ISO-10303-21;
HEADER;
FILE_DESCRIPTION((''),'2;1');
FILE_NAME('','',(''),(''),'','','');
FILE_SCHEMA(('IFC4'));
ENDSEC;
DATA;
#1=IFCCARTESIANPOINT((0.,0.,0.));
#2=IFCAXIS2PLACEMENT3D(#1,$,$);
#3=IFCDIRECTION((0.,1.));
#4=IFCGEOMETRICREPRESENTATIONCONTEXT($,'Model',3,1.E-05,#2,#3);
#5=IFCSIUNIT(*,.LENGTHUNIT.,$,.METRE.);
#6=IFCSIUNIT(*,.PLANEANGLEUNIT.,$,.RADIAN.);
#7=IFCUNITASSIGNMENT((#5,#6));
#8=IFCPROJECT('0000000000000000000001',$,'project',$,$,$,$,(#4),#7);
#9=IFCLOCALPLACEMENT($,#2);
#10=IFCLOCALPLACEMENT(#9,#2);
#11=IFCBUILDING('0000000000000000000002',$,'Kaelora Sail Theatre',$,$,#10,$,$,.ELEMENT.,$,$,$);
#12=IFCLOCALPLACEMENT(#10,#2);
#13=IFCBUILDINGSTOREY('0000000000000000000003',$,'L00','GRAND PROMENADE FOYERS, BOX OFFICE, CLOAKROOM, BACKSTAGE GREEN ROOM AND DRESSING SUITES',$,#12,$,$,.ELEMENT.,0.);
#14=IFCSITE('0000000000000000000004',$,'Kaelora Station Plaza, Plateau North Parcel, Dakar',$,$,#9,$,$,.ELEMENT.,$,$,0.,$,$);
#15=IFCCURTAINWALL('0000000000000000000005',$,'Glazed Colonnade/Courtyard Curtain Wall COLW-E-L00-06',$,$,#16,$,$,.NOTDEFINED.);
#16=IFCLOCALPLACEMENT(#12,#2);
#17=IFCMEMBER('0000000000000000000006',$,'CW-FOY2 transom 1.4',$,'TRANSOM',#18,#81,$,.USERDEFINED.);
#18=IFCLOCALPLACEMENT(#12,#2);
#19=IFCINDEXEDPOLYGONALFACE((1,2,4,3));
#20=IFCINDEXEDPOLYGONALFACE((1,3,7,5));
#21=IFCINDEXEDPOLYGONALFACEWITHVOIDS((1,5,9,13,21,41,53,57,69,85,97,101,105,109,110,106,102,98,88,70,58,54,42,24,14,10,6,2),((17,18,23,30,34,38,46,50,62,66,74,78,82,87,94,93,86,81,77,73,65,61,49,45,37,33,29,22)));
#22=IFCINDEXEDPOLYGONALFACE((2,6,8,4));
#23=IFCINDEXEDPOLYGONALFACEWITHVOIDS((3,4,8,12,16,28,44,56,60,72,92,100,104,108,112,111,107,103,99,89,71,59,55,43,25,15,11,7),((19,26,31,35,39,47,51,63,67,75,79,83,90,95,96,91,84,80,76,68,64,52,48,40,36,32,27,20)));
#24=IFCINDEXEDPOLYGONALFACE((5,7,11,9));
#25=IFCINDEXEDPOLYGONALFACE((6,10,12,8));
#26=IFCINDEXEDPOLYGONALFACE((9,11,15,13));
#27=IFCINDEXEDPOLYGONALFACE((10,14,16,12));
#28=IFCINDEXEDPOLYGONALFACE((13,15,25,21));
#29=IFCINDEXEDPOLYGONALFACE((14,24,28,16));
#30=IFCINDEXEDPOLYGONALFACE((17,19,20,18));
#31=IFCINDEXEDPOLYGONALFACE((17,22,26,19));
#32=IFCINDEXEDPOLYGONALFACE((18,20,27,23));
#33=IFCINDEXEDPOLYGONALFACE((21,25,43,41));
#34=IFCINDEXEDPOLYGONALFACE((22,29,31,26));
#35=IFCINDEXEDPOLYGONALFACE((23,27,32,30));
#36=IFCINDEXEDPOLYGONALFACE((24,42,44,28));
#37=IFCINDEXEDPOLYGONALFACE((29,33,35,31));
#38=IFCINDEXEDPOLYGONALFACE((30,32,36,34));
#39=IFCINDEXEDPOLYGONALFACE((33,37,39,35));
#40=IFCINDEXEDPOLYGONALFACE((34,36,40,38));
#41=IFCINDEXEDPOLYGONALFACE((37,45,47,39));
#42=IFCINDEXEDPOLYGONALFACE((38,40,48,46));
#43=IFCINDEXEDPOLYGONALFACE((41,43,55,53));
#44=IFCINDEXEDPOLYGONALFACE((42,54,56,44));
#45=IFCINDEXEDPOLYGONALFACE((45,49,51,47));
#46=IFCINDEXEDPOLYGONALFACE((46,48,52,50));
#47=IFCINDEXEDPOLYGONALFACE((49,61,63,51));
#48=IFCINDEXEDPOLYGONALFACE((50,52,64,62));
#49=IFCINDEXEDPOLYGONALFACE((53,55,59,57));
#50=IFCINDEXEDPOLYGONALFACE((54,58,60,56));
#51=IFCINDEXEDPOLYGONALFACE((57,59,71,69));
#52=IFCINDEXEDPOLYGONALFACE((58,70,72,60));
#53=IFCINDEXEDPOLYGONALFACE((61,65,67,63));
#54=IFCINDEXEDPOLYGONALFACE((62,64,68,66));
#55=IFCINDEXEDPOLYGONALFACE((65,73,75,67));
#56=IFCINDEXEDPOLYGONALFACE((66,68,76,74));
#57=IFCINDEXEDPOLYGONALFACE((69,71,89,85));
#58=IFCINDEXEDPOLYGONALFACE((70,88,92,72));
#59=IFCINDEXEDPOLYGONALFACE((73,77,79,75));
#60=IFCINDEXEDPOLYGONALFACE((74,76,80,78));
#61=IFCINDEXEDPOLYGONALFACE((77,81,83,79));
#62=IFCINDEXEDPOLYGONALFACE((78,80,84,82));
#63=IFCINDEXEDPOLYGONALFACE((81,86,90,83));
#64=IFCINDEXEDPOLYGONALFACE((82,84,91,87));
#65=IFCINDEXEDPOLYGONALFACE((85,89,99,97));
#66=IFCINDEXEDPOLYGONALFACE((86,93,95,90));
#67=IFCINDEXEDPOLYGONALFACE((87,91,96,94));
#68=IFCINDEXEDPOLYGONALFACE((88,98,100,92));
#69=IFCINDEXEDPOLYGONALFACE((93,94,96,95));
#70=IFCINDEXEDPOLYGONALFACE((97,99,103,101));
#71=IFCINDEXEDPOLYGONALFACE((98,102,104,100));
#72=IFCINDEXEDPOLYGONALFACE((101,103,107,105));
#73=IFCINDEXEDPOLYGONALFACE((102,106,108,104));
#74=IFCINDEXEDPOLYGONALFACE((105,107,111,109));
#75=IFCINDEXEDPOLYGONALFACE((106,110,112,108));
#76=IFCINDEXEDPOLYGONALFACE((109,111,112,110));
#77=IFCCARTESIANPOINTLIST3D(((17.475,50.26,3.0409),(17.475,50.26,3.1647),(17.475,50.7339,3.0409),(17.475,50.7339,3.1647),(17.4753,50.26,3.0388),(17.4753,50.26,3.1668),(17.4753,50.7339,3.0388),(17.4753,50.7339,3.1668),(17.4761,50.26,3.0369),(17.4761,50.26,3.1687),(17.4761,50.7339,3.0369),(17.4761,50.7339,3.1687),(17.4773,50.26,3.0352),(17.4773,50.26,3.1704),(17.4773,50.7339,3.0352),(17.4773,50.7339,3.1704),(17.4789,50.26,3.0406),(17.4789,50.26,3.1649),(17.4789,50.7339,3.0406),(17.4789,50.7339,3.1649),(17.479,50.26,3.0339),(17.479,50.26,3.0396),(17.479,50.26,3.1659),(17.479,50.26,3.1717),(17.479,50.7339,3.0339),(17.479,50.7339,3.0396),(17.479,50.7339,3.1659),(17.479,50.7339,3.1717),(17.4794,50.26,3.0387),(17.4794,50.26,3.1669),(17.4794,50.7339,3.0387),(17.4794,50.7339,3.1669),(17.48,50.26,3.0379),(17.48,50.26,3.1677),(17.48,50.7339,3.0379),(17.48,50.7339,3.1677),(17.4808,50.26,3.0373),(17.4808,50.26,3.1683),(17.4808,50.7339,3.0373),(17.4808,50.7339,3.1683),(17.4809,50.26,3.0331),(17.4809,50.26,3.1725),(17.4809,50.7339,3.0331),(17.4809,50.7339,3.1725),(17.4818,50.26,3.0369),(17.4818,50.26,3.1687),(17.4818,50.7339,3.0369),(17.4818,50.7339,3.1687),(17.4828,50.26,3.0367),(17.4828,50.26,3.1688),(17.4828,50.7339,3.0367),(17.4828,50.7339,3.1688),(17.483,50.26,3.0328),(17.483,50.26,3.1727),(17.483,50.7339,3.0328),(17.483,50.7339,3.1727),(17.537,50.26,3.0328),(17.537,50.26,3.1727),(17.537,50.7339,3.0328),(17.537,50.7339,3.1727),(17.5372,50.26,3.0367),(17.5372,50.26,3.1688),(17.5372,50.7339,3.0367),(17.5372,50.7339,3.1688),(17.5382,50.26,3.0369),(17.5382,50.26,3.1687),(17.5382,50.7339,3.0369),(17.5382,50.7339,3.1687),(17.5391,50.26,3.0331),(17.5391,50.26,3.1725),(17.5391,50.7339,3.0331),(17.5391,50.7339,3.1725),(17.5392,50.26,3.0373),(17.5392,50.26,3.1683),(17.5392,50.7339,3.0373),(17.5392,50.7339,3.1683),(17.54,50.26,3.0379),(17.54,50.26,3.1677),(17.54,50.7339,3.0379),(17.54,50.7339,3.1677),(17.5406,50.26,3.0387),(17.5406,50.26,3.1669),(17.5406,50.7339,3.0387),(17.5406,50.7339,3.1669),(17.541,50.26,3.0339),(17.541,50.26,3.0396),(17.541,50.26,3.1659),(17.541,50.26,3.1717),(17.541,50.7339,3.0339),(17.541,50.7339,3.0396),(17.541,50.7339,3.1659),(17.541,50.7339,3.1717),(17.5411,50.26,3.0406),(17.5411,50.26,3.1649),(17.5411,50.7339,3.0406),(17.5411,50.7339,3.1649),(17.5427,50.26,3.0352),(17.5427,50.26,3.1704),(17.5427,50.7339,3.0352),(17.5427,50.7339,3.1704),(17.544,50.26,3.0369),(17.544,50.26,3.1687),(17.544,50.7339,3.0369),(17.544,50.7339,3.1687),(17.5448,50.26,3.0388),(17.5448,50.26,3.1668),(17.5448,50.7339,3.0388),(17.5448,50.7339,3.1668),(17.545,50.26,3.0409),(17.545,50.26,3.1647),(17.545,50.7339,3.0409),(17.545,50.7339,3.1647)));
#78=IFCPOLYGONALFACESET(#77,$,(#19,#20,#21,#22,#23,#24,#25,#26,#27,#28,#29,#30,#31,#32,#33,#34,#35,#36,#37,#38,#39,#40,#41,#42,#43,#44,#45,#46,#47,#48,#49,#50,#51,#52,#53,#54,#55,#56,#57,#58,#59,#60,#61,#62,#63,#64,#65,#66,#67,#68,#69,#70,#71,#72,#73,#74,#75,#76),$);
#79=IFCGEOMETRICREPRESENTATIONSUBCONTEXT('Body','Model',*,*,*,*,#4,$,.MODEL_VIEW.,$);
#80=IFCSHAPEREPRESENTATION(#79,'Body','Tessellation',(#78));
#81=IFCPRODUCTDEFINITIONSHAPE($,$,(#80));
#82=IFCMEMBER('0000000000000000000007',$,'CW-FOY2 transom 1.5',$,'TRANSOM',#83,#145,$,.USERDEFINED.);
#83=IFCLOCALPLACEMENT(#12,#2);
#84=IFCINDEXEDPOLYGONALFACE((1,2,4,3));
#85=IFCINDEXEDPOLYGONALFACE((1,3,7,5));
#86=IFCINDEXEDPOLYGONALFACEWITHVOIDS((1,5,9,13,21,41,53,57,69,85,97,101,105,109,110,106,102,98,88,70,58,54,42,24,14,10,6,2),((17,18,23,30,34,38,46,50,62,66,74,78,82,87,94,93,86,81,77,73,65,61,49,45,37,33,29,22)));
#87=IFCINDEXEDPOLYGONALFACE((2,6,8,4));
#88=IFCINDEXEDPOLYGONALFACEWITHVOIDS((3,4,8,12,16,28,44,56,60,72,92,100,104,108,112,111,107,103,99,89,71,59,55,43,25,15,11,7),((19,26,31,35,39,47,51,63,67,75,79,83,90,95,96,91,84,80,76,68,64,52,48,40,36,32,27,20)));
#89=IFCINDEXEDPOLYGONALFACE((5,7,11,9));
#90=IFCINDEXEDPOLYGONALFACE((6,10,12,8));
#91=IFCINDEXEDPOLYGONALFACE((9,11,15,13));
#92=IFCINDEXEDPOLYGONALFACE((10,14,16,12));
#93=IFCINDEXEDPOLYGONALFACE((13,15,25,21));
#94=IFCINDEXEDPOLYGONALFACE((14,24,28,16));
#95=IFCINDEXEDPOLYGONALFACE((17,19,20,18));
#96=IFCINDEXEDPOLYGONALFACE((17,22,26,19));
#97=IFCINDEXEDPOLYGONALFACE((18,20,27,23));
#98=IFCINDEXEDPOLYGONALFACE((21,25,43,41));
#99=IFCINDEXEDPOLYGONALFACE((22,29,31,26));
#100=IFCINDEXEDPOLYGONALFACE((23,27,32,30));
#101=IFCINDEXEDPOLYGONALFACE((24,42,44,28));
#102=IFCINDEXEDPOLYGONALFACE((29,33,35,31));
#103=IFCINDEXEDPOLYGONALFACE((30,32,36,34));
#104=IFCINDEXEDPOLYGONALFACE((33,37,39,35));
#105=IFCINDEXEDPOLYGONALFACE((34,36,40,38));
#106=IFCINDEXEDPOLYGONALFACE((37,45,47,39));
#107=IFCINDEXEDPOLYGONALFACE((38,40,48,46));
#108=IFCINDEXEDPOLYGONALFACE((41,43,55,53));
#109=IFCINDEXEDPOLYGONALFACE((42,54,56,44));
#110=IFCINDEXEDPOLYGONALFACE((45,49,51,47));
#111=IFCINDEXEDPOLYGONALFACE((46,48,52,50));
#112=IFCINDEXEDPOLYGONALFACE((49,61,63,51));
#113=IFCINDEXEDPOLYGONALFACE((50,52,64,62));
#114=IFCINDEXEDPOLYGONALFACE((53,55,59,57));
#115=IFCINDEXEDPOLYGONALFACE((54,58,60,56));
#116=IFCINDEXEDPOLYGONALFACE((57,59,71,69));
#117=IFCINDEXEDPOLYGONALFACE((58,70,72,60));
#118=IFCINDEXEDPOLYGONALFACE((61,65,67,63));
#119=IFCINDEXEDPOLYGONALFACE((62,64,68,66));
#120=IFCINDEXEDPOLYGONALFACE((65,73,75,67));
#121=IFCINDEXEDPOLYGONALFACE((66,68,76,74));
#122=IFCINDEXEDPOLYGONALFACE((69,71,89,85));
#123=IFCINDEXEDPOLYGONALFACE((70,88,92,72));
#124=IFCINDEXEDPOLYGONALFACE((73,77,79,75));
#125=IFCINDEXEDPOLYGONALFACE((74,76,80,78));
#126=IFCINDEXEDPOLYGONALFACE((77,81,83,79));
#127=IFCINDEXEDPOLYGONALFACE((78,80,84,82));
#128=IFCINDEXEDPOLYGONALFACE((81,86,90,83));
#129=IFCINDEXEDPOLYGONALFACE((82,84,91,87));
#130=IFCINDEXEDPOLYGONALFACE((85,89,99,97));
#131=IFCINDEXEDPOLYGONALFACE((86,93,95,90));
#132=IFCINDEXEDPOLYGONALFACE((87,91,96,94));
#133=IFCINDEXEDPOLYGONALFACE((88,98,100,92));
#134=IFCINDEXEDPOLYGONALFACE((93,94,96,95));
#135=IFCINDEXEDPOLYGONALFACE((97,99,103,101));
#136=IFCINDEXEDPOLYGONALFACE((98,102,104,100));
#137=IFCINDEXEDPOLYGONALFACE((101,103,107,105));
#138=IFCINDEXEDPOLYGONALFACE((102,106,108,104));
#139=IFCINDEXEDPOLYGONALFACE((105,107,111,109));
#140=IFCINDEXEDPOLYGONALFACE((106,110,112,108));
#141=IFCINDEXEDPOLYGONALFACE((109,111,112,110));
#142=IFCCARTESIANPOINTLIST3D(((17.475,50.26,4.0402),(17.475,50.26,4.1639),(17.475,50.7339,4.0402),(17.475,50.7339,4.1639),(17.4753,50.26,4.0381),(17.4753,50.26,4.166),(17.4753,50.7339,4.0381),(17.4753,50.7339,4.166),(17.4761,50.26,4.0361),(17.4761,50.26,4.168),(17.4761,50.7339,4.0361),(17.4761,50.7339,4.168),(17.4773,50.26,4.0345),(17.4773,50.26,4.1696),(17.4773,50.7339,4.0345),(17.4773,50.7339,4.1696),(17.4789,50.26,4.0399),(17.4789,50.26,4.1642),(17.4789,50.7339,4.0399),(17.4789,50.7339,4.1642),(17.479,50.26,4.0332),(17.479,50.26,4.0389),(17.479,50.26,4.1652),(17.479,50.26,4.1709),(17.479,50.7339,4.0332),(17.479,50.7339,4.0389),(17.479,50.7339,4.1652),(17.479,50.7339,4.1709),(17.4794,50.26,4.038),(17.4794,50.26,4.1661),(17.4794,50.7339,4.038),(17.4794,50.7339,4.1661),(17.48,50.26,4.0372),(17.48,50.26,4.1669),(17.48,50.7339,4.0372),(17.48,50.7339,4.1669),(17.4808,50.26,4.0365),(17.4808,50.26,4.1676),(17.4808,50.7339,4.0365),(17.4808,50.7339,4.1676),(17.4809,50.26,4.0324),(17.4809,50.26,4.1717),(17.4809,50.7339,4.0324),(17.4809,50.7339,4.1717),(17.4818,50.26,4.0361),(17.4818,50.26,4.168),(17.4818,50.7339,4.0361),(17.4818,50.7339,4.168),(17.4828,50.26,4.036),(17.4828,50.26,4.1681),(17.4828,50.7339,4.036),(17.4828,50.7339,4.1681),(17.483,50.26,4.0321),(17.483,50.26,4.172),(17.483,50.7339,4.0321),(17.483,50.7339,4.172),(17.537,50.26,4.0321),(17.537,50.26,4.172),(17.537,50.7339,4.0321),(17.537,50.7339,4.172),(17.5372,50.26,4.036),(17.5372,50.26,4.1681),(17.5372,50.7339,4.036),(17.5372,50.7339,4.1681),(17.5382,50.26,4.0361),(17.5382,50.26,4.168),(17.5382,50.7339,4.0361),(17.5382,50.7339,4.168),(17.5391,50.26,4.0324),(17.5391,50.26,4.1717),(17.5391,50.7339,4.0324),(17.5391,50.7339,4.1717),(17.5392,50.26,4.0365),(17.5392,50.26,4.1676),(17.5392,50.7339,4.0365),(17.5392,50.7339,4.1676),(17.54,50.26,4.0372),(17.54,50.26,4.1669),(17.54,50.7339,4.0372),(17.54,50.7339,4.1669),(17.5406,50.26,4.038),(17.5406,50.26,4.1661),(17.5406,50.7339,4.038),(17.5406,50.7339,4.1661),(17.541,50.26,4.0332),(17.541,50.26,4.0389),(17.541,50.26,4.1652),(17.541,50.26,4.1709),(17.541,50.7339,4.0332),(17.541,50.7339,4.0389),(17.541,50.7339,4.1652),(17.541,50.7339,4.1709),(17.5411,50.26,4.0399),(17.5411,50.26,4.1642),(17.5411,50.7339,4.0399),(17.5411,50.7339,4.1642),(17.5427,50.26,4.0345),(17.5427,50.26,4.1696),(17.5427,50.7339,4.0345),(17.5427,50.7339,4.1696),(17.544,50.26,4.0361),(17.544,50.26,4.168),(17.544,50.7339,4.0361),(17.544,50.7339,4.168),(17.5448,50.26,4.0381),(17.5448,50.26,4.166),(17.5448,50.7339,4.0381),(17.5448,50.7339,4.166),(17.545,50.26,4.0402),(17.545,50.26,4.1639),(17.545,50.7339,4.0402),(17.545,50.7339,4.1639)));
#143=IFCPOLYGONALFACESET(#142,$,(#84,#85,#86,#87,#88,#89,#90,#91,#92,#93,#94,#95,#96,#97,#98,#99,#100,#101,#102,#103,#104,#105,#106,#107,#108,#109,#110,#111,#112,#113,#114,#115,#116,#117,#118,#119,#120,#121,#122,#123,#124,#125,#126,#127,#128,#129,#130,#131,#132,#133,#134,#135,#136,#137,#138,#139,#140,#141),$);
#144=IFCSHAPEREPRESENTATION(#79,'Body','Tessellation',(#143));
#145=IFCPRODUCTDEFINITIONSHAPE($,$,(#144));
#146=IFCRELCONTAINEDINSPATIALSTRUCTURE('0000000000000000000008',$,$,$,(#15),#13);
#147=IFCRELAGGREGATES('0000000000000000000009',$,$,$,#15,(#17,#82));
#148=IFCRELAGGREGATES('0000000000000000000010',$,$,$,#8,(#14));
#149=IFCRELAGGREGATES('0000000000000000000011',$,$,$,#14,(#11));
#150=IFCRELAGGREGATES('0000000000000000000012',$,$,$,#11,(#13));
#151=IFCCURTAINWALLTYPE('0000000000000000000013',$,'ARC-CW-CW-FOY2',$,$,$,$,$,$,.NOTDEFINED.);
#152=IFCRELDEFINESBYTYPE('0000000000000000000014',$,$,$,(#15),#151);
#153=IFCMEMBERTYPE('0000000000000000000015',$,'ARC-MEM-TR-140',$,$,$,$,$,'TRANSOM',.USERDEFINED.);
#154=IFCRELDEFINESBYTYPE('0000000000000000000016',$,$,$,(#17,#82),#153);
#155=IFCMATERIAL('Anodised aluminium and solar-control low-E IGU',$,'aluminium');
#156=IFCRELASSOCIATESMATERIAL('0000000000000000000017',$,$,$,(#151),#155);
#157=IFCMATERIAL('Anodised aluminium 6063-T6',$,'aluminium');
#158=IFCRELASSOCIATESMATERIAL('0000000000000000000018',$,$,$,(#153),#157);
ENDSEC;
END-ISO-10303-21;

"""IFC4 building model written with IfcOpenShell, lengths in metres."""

from ifc_helpers import new_model, si_unit, direction, frame, origin, origin_2d, place, context, subcontext, project, spatial, hollow_rectangle, extrude, material, material_profile, profile_set, type_object, element, aggregate, save


model = new_model("IFC4")

# Units and contexts
model_context = context("Model", 3, precision=1e-05, world=origin(), true_north=direction((0.0, 1.0)))
body_context = subcontext(model_context, "Body", "Model", "MODEL_VIEW")
ifc_project = project(units=[si_unit("LENGTHUNIT", "METRE"), si_unit("PLANEANGLEUNIT", "RADIAN")], contexts=[model_context])

# Site, building, storey
site_placement = place(None, origin())
site = spatial("IfcSite", under=ifc_project, at=site_placement, Name="Kaelora Station Plaza, Plateau North Parcel, Dakar", CompositionType="ELEMENT", RefElevation=0.0)
building_placement = place(site_placement, origin())
building = spatial("IfcBuilding", under=site, at=building_placement, Name="Kaelora Sail Theatre", CompositionType="ELEMENT")
storey_placement = place(building_placement, origin())
storey = spatial("IfcBuildingStorey", under=building, at=storey_placement, Name="L00", Description="GRAND PROMENADE FOYERS, BOX OFFICE, CLOAKROOM, BACKSTAGE GREEN ROOM AND DRESSING SUITES", CompositionType="ELEMENT", Elevation=0.0)

# Curtain wall, members
ifc_material_1 = material(Name="Anodised aluminium and solar-control low-E IGU", Category="aluminium")
curtain_wall_type = type_object("IfcCurtainWallType", Name="ARC-CW-CW-FOY2", PredefinedType="NOTDEFINED", material=ifc_material_1)
ifc_material_2 = material(Name="Anodised aluminium 6063-T6", Category="aluminium")
ifc_material_profile = material_profile(ifc_material_2, hollow_rectangle(XDim=0.0701, YDim=0.1399, WallThickness=0.0039, InnerFilletRadius=0.0039, OuterFilletRadius=0.0081, at=origin_2d()), Name="ALU-TRAN 70x140x4")
ifc_profile_set = profile_set([ifc_material_profile], Name="Anodised aluminium 6063-T6")
member_type = type_object("IfcMemberType", Name="ARC-MEM-TR-140", ElementType="TRANSOM", PredefinedType="USERDEFINED", material=ifc_profile_set)
curtain_wall_1_placement = place(storey_placement, origin())
curtain_wall_1 = element("IfcCurtainWall", 1, at=curtain_wall_1_placement, inside=storey, type_object=curtain_wall_type, Name="Glazed Colonnade/Courtyard Curtain Wall COLW-E-L00-06", PredefinedType="NOTDEFINED")
member_1_placement = place(storey_placement, frame((17.51, 50.26, 3.1028), z_axis=(0.0, 1.0, 0.0), x_axis=(-1.0, 0.0, 0.0)))
member_1 = element("IfcMember", 2, at=member_1_placement, type_object=member_type, Name="CW-FOY2 transom 1.4", ObjectType="TRANSOM", PredefinedType="USERDEFINED", context=body_context, shape_type="SweptSolid", body=[
    extrude(hollow_rectangle(XDim=0.0701, YDim=0.1399, WallThickness=0.0039, InnerFilletRadius=0.0039, OuterFilletRadius=0.0081, at=origin_2d()), origin(), (0.0, 0.0, 1.0), 0.4739),
])
member_2_placement = place(storey_placement, frame((17.51, 50.26, 4.1021), z_axis=(0.0, 1.0, 0.0), x_axis=(-1.0, 0.0, 0.0)))
member_2 = element("IfcMember", 3, at=member_2_placement, type_object=member_type, Name="CW-FOY2 transom 1.5", ObjectType="TRANSOM", PredefinedType="USERDEFINED", context=body_context, shape_type="SweptSolid", body=[
    extrude(hollow_rectangle(XDim=0.0701, YDim=0.1399, WallThickness=0.0039, InnerFilletRadius=0.0039, OuterFilletRadius=0.0081, at=origin_2d()), origin(), (0.0, 0.0, 1.0), 0.4739),
])

aggregate(curtain_wall_1, [member_1, member_2])

save(model, "model.ifc")
